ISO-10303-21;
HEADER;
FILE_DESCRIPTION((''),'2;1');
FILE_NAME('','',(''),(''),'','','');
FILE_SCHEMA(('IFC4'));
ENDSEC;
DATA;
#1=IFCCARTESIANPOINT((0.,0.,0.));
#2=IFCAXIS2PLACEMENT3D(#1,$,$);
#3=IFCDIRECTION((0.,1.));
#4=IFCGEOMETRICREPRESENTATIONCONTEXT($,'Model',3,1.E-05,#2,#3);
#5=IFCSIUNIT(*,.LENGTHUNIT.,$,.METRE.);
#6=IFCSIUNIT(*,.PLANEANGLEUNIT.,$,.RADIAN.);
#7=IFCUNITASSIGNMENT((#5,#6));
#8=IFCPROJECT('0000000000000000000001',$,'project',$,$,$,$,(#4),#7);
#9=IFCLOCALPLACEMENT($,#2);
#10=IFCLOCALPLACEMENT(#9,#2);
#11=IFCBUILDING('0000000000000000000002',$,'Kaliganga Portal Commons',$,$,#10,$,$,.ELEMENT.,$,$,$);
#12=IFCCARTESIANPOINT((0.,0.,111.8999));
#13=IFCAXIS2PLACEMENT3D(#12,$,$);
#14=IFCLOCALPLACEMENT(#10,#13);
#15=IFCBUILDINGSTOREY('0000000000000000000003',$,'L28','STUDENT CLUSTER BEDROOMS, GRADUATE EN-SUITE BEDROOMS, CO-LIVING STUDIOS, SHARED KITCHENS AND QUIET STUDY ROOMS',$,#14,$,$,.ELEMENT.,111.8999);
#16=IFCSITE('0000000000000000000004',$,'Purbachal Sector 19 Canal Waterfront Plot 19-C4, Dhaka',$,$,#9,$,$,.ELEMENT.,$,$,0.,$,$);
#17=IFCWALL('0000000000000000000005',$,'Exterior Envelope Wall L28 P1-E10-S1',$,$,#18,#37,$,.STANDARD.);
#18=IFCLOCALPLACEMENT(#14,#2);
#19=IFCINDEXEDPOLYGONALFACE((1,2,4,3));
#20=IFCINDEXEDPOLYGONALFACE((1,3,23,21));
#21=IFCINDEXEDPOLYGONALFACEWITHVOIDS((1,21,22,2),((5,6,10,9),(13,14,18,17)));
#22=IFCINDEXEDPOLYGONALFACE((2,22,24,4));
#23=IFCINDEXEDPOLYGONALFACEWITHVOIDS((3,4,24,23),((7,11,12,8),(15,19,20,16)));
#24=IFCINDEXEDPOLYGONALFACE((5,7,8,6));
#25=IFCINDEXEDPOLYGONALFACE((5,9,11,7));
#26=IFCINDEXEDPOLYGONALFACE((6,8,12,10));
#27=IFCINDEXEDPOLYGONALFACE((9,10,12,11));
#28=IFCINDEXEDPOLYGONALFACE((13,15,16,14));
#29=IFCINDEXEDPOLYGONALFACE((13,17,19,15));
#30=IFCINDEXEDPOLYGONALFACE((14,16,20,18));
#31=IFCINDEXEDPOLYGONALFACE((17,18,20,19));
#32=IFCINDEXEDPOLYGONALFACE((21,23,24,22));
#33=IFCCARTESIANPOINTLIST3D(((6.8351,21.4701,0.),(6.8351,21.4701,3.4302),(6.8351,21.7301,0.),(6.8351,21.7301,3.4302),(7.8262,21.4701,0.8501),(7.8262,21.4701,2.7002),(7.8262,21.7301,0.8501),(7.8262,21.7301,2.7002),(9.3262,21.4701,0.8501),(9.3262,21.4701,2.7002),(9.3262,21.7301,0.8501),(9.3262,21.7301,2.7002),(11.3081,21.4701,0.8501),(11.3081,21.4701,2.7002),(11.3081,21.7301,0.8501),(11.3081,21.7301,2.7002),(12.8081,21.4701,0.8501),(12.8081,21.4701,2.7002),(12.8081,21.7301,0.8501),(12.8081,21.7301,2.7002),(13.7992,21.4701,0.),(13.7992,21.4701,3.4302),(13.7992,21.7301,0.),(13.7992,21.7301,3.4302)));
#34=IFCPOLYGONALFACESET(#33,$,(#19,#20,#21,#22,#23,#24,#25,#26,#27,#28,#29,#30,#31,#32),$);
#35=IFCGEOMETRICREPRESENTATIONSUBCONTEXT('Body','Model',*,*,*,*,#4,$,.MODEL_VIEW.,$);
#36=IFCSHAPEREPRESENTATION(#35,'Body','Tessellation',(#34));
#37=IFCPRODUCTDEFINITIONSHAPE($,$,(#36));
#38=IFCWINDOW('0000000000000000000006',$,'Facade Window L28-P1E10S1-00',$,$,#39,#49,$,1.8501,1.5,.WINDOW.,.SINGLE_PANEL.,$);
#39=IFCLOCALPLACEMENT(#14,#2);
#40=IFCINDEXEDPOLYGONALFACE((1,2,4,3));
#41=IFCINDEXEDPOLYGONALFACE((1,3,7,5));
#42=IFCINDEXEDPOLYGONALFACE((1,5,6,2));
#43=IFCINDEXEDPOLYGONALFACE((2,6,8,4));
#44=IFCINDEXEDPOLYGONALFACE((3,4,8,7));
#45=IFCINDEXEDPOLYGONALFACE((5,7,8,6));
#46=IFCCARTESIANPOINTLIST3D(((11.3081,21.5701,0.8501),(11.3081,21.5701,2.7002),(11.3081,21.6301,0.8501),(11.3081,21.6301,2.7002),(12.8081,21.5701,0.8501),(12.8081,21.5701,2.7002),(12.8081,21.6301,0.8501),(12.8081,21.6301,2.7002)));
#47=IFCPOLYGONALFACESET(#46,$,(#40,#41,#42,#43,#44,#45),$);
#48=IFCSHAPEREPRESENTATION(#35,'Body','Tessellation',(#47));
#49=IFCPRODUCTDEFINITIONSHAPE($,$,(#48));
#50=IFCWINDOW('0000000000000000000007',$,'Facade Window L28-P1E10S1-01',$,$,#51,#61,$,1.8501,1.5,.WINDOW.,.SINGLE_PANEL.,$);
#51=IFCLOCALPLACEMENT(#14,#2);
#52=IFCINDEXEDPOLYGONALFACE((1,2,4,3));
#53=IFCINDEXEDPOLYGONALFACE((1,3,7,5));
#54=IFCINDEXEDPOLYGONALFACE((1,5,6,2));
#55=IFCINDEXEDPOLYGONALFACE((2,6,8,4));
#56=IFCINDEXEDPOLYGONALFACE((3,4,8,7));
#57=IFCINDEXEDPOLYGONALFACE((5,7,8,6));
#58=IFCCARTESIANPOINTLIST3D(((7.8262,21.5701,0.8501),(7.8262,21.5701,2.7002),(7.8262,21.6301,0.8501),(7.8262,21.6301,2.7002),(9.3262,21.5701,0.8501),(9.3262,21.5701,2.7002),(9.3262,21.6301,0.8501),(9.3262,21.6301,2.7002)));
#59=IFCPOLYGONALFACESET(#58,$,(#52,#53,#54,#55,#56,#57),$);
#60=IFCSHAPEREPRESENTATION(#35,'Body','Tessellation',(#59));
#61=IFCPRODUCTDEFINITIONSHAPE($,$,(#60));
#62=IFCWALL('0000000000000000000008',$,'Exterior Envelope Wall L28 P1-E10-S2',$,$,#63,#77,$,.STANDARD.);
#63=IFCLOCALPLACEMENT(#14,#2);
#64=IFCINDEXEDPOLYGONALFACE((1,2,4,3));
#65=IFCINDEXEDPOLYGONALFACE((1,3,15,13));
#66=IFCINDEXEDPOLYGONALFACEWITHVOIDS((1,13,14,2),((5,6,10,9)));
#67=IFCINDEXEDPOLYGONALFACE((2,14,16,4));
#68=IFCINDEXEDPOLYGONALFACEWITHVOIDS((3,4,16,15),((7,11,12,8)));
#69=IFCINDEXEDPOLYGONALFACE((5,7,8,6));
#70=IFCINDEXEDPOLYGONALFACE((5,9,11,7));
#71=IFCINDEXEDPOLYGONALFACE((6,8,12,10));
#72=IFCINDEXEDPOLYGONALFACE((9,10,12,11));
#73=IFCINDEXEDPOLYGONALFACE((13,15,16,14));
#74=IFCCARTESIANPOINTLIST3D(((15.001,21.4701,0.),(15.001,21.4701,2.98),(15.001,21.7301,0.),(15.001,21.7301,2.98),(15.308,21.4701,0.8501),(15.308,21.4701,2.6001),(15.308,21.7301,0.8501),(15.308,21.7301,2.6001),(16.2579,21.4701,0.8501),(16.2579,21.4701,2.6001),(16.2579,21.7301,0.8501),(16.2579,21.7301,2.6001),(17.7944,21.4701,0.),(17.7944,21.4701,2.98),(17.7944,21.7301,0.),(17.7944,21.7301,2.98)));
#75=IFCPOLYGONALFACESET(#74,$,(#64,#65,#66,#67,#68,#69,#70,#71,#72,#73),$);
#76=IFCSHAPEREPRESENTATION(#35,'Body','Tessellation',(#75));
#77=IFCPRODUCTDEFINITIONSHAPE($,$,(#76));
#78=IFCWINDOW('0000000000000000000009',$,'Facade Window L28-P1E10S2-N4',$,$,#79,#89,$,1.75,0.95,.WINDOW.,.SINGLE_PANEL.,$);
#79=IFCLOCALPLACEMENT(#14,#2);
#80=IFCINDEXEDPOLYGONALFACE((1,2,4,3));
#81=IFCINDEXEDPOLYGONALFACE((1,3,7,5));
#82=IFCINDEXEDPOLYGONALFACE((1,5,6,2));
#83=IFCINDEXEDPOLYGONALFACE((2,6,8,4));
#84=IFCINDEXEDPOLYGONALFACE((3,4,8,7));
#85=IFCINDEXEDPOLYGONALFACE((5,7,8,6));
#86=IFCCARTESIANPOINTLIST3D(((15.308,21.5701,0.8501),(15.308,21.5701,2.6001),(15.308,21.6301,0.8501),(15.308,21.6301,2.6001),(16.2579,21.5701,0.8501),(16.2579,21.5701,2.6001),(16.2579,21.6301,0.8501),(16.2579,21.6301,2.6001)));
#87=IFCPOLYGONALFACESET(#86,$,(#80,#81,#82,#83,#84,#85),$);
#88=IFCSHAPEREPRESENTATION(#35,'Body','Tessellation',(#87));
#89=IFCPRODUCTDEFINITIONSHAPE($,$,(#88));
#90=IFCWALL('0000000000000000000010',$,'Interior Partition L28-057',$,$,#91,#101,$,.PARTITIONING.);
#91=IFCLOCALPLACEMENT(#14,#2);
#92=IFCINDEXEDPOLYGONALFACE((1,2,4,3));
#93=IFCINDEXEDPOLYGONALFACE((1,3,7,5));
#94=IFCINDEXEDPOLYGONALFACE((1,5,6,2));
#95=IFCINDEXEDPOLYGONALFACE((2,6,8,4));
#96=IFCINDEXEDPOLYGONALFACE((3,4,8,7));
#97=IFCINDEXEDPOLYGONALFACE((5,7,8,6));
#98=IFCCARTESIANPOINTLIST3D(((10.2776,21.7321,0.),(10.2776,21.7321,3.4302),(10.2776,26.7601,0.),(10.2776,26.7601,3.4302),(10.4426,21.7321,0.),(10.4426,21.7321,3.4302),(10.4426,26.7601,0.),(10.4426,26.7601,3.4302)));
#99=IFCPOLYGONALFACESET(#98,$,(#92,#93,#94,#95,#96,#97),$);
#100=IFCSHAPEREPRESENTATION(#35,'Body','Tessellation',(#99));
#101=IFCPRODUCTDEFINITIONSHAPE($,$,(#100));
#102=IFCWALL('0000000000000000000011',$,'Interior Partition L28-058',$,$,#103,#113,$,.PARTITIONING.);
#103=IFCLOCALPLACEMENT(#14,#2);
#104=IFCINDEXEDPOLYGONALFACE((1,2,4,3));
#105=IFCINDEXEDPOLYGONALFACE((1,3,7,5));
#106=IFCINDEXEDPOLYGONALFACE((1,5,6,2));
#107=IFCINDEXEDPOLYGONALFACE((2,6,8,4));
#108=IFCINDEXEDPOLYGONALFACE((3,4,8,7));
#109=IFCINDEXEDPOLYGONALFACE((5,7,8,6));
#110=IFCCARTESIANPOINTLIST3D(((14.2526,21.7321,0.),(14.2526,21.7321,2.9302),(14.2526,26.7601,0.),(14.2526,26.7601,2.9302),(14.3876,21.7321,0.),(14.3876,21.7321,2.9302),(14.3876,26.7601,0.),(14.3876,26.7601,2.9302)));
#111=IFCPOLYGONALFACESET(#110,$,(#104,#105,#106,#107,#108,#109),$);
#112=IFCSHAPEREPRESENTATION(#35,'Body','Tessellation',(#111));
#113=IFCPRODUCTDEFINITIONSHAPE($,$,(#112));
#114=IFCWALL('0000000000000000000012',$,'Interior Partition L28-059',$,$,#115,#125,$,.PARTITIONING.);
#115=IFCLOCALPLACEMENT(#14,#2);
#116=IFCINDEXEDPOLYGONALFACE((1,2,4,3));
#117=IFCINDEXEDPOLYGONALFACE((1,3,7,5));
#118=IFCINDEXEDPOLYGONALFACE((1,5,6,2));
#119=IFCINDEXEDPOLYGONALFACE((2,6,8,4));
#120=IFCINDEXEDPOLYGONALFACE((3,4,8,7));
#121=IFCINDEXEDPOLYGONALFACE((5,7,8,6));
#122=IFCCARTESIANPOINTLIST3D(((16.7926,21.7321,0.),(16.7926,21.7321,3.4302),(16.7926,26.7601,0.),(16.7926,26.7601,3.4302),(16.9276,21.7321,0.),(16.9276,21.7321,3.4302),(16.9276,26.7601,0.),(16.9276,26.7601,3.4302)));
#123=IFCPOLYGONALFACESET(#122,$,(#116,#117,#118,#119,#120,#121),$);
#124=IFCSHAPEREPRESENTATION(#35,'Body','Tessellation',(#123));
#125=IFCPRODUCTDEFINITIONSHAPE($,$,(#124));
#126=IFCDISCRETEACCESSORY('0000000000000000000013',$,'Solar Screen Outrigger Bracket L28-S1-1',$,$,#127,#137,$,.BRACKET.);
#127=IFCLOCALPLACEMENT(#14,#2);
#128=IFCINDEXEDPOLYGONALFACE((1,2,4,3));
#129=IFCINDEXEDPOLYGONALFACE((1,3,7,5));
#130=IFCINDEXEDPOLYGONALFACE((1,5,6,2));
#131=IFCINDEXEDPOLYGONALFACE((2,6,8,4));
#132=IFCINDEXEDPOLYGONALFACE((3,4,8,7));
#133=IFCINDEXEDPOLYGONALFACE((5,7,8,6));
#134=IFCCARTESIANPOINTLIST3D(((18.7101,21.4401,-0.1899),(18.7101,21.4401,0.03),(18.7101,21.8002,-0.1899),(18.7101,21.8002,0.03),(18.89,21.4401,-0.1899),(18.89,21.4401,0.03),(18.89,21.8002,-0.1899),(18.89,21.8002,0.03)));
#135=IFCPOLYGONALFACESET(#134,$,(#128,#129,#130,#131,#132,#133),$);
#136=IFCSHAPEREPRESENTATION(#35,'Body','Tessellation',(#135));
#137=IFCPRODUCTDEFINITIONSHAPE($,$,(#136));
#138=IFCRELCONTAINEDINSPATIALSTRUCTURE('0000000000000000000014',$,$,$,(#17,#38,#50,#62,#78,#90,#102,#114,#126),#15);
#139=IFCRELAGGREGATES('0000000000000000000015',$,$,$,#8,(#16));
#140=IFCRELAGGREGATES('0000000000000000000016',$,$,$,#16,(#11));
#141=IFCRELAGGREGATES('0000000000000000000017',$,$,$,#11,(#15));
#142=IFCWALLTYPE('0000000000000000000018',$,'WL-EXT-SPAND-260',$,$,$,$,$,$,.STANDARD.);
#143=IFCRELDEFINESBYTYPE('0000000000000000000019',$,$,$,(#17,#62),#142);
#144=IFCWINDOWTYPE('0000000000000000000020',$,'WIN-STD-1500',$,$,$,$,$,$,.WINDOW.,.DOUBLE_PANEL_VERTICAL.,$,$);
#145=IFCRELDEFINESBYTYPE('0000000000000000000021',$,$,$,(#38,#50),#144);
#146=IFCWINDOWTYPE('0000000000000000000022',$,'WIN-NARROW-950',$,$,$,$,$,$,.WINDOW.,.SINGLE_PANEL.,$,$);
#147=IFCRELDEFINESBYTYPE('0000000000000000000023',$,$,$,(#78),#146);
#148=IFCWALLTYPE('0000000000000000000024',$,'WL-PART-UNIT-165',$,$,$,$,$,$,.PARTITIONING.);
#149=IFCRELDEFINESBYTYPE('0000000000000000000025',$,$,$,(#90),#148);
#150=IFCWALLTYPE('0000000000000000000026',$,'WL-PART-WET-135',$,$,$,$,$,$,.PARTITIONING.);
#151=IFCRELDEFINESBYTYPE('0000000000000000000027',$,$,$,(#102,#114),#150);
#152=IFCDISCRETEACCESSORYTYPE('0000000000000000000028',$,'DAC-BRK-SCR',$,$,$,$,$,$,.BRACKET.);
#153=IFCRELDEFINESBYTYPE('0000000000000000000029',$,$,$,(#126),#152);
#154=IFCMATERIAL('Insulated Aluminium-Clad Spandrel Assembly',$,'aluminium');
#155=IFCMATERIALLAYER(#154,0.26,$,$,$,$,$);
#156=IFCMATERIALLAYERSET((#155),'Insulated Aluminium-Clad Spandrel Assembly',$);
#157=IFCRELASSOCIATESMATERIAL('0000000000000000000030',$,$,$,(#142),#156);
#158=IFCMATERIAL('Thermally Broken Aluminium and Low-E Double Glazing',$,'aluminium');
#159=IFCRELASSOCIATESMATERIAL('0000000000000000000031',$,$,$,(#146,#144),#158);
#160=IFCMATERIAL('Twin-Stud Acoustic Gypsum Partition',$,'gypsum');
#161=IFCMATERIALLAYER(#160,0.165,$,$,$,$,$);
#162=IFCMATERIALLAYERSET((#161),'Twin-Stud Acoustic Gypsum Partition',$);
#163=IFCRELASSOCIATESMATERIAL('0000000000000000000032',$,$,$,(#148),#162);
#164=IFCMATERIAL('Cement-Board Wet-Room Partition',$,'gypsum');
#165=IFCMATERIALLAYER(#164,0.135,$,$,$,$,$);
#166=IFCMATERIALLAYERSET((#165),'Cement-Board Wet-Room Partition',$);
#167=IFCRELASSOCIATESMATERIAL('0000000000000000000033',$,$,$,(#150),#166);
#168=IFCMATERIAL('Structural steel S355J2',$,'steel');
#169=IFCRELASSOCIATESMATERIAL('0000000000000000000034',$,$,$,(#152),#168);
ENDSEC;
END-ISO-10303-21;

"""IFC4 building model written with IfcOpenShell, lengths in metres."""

from ifc_helpers import new_model, si_unit, direction, frame, frame_2d, origin, origin_2d, place, context, subcontext, project, spatial, rectangle, extrude, source, transform, mapped, material, layer, layer_set, type_object, element, fill, save


model = new_model("IFC4")

# Units and contexts
model_context = context("Model", 3, precision=1e-05, world=origin(), true_north=direction((0.0, 1.0)))
body_context = subcontext(model_context, "Body", "Model", "MODEL_VIEW")
ifc_project = project(units=[si_unit("LENGTHUNIT", "METRE"), si_unit("PLANEANGLEUNIT", "RADIAN")], contexts=[model_context])

# Site, building, storey
site_placement = place(None, origin())
site = spatial("IfcSite", under=ifc_project, at=site_placement, Name="Purbachal Sector 19 Canal Waterfront Plot 19-C4, Dhaka", CompositionType="ELEMENT", RefElevation=0.0)
building_placement = place(site_placement, origin())
building = spatial("IfcBuilding", under=site, at=building_placement, Name="Kaliganga Portal Commons", CompositionType="ELEMENT")
storey_placement = place(building_placement, frame((0.0, 0.0, 111.8999)))
storey = spatial("IfcBuildingStorey", under=building, at=storey_placement, Name="L28", Description="STUDENT CLUSTER BEDROOMS, GRADUATE EN-SUITE BEDROOMS, CO-LIVING STUDIOS, SHARED KITCHENS AND QUIET STUDY ROOMS", CompositionType="ELEMENT", Elevation=111.8999)

# Shared definitions
ifc_material_1 = material(Name="Structural steel S355J2", Category="steel")

# Wall, openings, windows
ifc_material_2 = material(Name="Insulated Aluminium-Clad Spandrel Assembly", Category="aluminium")
ifc_layer_1 = layer(ifc_material_2, 0.26)
ifc_layer_set_1 = layer_set([ifc_layer_1], Name="Insulated Aluminium-Clad Spandrel Assembly")
wall_type_1 = type_object("IfcWallType", Name="WL-EXT-SPAND-260", PredefinedType="STANDARD", material=ifc_layer_set_1)
ifc_material_3 = material(Name="Thermally Broken Aluminium and Low-E Double Glazing", Category="aluminium")
window_type_1 = type_object("IfcWindowType", Name="WIN-NARROW-950", PartitioningType="SINGLE_PANEL", PredefinedType="WINDOW", material=ifc_material_3)
window_type_2 = type_object("IfcWindowType", Name="WIN-STD-1500", PartitioningType="DOUBLE_PANEL_VERTICAL", PredefinedType="WINDOW", material=ifc_material_3)
wall_1_placement = place(storey_placement, frame((13.7991, 21.6001, 0.0), z_axis=(0.0, 0.0, 1.0), x_axis=(-1.0, 0.0, 0.0)))
wall_1 = element("IfcWall", 1, at=wall_1_placement, inside=storey, type_object=wall_type_1, Name="Exterior Envelope Wall L28 P1-E10-S1", PredefinedType="STANDARD", context=body_context, shape_type="SweptSolid", body=[
    extrude(rectangle(XDim=6.9641, YDim=0.26, at=frame_2d((3.4819, 0.0))), origin(), (0.0, 0.0, 1.0), 3.4302),
])
opening_1_placement = place(wall_1_placement, frame((0.991, 0.0, 0.8501)))
opening_1 = element("IfcOpeningElement", 2, at=opening_1_placement, cuts=wall_1, PredefinedType="OPENING", context=body_context, shape_type="SweptSolid", body=[
    extrude(rectangle(XDim=1.5, YDim=1.8501, at=frame_2d((0.75, 0.925))), frame((0.0, 0.1401, 0.0), z_axis=(0.0, -1.0, 0.0), x_axis=(1.0, 0.0, 0.0)), (0.0, 0.0, 1.0), 0.28),
])
opening_2_placement = place(wall_1_placement, frame((4.4729, 0.0, 0.8501)))
opening_2 = element("IfcOpeningElement", 3, at=opening_2_placement, cuts=wall_1, PredefinedType="OPENING", context=body_context, shape_type="SweptSolid", body=[
    extrude(rectangle(XDim=1.5, YDim=1.8501, at=frame_2d((0.75, 0.925))), frame((0.0, 0.1401, 0.0), z_axis=(0.0, -1.0, 0.0), x_axis=(1.0, 0.0, 0.0)), (0.0, 0.0, 1.0), 0.28),
])
window_1_placement = place(opening_1_placement, origin())
window_1 = element("IfcWindow", 4, at=window_1_placement, inside=storey, type_object=window_type_2, Name="Facade Window L28-P1E10S1-00", OverallHeight=1.8501, OverallWidth=1.5, PartitioningType="SINGLE_PANEL", PredefinedType="WINDOW", context=body_context, shape_type="SweptSolid", body=[
    extrude(rectangle(XDim=1.5, YDim=1.8501, at=frame_2d((0.75, 0.925))), frame((0.0, 0.03, 0.0), z_axis=(0.0, -1.0, 0.0), x_axis=(1.0, 0.0, 0.0)), (0.0, 0.0, 1.0), 0.0601),
])
fill(opening_1, window_1)
window_2_placement = place(opening_2_placement, origin())
window_2 = element("IfcWindow", 5, at=window_2_placement, inside=storey, type_object=window_type_2, Name="Facade Window L28-P1E10S1-01", OverallHeight=1.8501, OverallWidth=1.5, PartitioningType="SINGLE_PANEL", PredefinedType="WINDOW", context=body_context, shape_type="SweptSolid", body=[
    extrude(rectangle(XDim=1.5, YDim=1.8501, at=frame_2d((0.75, 0.925))), frame((0.0, 0.03, 0.0), z_axis=(0.0, -1.0, 0.0), x_axis=(1.0, 0.0, 0.0)), (0.0, 0.0, 1.0), 0.0601),
])
fill(opening_2, window_2)

# Wall, opening, window
wall_2_placement = place(storey_placement, frame((17.7944, 21.6001, 0.0), z_axis=(0.0, 0.0, 1.0), x_axis=(-1.0, 0.0, 0.0)))
wall_2 = element("IfcWall", 6, at=wall_2_placement, inside=storey, type_object=wall_type_1, Name="Exterior Envelope Wall L28 P1-E10-S2", PredefinedType="STANDARD", context=body_context, shape_type="SweptSolid", body=[
    extrude(rectangle(XDim=2.7935, YDim=0.26, at=frame_2d((1.3967, 0.0))), origin(), (0.0, 0.0, 1.0), 2.98),
])
opening_3_placement = place(wall_2_placement, frame((1.5364, 0.0, 0.8501)))
opening_3 = element("IfcOpeningElement", 7, at=opening_3_placement, cuts=wall_2, PredefinedType="OPENING", context=body_context, shape_type="SweptSolid", body=[
    extrude(rectangle(XDim=0.95, YDim=1.75, at=frame_2d((0.4751, 0.875))), frame((0.0, 0.1401, 0.0), z_axis=(0.0, -1.0, 0.0), x_axis=(1.0, 0.0, 0.0)), (0.0, 0.0, 1.0), 0.28),
])
window_3_placement = place(opening_3_placement, origin())
window_3 = element("IfcWindow", 8, at=window_3_placement, inside=storey, type_object=window_type_1, Name="Facade Window L28-P1E10S2-N4", OverallHeight=1.75, OverallWidth=0.95, PartitioningType="SINGLE_PANEL", PredefinedType="WINDOW", context=body_context, shape_type="SweptSolid", body=[
    extrude(rectangle(XDim=0.95, YDim=1.75, at=frame_2d((0.4751, 0.875))), frame((0.0, 0.03, 0.0), z_axis=(0.0, -1.0, 0.0), x_axis=(1.0, 0.0, 0.0)), (0.0, 0.0, 1.0), 0.0601),
])
fill(opening_3, window_3)

# Walls
ifc_material_4 = material(Name="Twin-Stud Acoustic Gypsum Partition", Category="gypsum")
ifc_layer_2 = layer(ifc_material_4, 0.165)
ifc_layer_set_2 = layer_set([ifc_layer_2], Name="Twin-Stud Acoustic Gypsum Partition")
wall_type_2 = type_object("IfcWallType", Name="WL-PART-UNIT-165", PredefinedType="PARTITIONING", material=ifc_layer_set_2)
wall_3_placement = place(storey_placement, frame((10.3601, 21.7319, 0.0), z_axis=(0.0, 0.0, 1.0), x_axis=(0.0, 1.0, 0.0)))
element("IfcWall", 9, at=wall_3_placement, inside=storey, type_object=wall_type_2, Name="Interior Partition L28-057", PredefinedType="PARTITIONING", context=body_context, shape_type="SweptSolid", body=[
    extrude(rectangle(XDim=5.0281, YDim=0.165, at=frame_2d((2.5142, 0.0))), origin(), (0.0, 0.0, 1.0), 3.4302),
])
ifc_material_5 = material(Name="Cement-Board Wet-Room Partition", Category="gypsum")
ifc_layer_3 = layer(ifc_material_5, 0.135)
ifc_layer_set_3 = layer_set([ifc_layer_3], Name="Cement-Board Wet-Room Partition")
wall_type_3 = type_object("IfcWallType", Name="WL-PART-WET-135", PredefinedType="PARTITIONING", material=ifc_layer_set_3)
wall_4_placement = place(storey_placement, frame((14.3201, 21.7319, 0.0), z_axis=(0.0, 0.0, 1.0), x_axis=(0.0, 1.0, 0.0)))
element("IfcWall", 10, at=wall_4_placement, inside=storey, type_object=wall_type_3, Name="Interior Partition L28-058", PredefinedType="PARTITIONING", context=body_context, shape_type="SweptSolid", body=[
    extrude(rectangle(XDim=5.0281, YDim=0.135, at=frame_2d((2.5142, 0.0))), origin(), (0.0, 0.0, 1.0), 2.9302),
])
wall_5_placement = place(storey_placement, frame((16.8601, 21.7319, 0.0), z_axis=(0.0, 0.0, 1.0), x_axis=(0.0, 1.0, 0.0)))
element("IfcWall", 11, at=wall_5_placement, inside=storey, type_object=wall_type_3, Name="Interior Partition L28-059", PredefinedType="PARTITIONING", context=body_context, shape_type="SweptSolid", body=[
    extrude(rectangle(XDim=5.0281, YDim=0.135, at=frame_2d((2.5142, 0.0))), origin(), (0.0, 0.0, 1.0), 3.4302),
])

# Discrete accessory
discrete_accessory_type = type_object("IfcDiscreteAccessoryType", Name="DAC-BRK-SCR", PredefinedType="BRACKET", material=ifc_material_1)
shared_shape_1 = source(origin(), body_context, "Body", "SweptSolid", [
    extrude(rectangle(XDim=0.1799, YDim=0.3601, at=origin_2d()), origin(), (0.0, 0.0, 1.0), 0.22),
])
discrete_accessory_placement = place(storey_placement, frame((18.8, 21.6201, -0.1899), z_axis=(0.0, 0.0, 1.0), x_axis=(1.0, 0.0, 0.0)))
element("IfcDiscreteAccessory", 12, at=discrete_accessory_placement, inside=storey, type_object=discrete_accessory_type, Name="Solar Screen Outrigger Bracket L28-S1-1", PredefinedType="BRACKET", context=body_context, shape_type="MappedRepresentation", body=[
    mapped(shared_shape_1, transform((0.0, 0.0, 0.0), x_axis=(1.0, 0.0, 0.0), y_axis=(0.0, 1.0, 0.0), z_axis=(0.0, 0.0, 1.0), scale=1.0)),
])

save(model, "model.ifc")
